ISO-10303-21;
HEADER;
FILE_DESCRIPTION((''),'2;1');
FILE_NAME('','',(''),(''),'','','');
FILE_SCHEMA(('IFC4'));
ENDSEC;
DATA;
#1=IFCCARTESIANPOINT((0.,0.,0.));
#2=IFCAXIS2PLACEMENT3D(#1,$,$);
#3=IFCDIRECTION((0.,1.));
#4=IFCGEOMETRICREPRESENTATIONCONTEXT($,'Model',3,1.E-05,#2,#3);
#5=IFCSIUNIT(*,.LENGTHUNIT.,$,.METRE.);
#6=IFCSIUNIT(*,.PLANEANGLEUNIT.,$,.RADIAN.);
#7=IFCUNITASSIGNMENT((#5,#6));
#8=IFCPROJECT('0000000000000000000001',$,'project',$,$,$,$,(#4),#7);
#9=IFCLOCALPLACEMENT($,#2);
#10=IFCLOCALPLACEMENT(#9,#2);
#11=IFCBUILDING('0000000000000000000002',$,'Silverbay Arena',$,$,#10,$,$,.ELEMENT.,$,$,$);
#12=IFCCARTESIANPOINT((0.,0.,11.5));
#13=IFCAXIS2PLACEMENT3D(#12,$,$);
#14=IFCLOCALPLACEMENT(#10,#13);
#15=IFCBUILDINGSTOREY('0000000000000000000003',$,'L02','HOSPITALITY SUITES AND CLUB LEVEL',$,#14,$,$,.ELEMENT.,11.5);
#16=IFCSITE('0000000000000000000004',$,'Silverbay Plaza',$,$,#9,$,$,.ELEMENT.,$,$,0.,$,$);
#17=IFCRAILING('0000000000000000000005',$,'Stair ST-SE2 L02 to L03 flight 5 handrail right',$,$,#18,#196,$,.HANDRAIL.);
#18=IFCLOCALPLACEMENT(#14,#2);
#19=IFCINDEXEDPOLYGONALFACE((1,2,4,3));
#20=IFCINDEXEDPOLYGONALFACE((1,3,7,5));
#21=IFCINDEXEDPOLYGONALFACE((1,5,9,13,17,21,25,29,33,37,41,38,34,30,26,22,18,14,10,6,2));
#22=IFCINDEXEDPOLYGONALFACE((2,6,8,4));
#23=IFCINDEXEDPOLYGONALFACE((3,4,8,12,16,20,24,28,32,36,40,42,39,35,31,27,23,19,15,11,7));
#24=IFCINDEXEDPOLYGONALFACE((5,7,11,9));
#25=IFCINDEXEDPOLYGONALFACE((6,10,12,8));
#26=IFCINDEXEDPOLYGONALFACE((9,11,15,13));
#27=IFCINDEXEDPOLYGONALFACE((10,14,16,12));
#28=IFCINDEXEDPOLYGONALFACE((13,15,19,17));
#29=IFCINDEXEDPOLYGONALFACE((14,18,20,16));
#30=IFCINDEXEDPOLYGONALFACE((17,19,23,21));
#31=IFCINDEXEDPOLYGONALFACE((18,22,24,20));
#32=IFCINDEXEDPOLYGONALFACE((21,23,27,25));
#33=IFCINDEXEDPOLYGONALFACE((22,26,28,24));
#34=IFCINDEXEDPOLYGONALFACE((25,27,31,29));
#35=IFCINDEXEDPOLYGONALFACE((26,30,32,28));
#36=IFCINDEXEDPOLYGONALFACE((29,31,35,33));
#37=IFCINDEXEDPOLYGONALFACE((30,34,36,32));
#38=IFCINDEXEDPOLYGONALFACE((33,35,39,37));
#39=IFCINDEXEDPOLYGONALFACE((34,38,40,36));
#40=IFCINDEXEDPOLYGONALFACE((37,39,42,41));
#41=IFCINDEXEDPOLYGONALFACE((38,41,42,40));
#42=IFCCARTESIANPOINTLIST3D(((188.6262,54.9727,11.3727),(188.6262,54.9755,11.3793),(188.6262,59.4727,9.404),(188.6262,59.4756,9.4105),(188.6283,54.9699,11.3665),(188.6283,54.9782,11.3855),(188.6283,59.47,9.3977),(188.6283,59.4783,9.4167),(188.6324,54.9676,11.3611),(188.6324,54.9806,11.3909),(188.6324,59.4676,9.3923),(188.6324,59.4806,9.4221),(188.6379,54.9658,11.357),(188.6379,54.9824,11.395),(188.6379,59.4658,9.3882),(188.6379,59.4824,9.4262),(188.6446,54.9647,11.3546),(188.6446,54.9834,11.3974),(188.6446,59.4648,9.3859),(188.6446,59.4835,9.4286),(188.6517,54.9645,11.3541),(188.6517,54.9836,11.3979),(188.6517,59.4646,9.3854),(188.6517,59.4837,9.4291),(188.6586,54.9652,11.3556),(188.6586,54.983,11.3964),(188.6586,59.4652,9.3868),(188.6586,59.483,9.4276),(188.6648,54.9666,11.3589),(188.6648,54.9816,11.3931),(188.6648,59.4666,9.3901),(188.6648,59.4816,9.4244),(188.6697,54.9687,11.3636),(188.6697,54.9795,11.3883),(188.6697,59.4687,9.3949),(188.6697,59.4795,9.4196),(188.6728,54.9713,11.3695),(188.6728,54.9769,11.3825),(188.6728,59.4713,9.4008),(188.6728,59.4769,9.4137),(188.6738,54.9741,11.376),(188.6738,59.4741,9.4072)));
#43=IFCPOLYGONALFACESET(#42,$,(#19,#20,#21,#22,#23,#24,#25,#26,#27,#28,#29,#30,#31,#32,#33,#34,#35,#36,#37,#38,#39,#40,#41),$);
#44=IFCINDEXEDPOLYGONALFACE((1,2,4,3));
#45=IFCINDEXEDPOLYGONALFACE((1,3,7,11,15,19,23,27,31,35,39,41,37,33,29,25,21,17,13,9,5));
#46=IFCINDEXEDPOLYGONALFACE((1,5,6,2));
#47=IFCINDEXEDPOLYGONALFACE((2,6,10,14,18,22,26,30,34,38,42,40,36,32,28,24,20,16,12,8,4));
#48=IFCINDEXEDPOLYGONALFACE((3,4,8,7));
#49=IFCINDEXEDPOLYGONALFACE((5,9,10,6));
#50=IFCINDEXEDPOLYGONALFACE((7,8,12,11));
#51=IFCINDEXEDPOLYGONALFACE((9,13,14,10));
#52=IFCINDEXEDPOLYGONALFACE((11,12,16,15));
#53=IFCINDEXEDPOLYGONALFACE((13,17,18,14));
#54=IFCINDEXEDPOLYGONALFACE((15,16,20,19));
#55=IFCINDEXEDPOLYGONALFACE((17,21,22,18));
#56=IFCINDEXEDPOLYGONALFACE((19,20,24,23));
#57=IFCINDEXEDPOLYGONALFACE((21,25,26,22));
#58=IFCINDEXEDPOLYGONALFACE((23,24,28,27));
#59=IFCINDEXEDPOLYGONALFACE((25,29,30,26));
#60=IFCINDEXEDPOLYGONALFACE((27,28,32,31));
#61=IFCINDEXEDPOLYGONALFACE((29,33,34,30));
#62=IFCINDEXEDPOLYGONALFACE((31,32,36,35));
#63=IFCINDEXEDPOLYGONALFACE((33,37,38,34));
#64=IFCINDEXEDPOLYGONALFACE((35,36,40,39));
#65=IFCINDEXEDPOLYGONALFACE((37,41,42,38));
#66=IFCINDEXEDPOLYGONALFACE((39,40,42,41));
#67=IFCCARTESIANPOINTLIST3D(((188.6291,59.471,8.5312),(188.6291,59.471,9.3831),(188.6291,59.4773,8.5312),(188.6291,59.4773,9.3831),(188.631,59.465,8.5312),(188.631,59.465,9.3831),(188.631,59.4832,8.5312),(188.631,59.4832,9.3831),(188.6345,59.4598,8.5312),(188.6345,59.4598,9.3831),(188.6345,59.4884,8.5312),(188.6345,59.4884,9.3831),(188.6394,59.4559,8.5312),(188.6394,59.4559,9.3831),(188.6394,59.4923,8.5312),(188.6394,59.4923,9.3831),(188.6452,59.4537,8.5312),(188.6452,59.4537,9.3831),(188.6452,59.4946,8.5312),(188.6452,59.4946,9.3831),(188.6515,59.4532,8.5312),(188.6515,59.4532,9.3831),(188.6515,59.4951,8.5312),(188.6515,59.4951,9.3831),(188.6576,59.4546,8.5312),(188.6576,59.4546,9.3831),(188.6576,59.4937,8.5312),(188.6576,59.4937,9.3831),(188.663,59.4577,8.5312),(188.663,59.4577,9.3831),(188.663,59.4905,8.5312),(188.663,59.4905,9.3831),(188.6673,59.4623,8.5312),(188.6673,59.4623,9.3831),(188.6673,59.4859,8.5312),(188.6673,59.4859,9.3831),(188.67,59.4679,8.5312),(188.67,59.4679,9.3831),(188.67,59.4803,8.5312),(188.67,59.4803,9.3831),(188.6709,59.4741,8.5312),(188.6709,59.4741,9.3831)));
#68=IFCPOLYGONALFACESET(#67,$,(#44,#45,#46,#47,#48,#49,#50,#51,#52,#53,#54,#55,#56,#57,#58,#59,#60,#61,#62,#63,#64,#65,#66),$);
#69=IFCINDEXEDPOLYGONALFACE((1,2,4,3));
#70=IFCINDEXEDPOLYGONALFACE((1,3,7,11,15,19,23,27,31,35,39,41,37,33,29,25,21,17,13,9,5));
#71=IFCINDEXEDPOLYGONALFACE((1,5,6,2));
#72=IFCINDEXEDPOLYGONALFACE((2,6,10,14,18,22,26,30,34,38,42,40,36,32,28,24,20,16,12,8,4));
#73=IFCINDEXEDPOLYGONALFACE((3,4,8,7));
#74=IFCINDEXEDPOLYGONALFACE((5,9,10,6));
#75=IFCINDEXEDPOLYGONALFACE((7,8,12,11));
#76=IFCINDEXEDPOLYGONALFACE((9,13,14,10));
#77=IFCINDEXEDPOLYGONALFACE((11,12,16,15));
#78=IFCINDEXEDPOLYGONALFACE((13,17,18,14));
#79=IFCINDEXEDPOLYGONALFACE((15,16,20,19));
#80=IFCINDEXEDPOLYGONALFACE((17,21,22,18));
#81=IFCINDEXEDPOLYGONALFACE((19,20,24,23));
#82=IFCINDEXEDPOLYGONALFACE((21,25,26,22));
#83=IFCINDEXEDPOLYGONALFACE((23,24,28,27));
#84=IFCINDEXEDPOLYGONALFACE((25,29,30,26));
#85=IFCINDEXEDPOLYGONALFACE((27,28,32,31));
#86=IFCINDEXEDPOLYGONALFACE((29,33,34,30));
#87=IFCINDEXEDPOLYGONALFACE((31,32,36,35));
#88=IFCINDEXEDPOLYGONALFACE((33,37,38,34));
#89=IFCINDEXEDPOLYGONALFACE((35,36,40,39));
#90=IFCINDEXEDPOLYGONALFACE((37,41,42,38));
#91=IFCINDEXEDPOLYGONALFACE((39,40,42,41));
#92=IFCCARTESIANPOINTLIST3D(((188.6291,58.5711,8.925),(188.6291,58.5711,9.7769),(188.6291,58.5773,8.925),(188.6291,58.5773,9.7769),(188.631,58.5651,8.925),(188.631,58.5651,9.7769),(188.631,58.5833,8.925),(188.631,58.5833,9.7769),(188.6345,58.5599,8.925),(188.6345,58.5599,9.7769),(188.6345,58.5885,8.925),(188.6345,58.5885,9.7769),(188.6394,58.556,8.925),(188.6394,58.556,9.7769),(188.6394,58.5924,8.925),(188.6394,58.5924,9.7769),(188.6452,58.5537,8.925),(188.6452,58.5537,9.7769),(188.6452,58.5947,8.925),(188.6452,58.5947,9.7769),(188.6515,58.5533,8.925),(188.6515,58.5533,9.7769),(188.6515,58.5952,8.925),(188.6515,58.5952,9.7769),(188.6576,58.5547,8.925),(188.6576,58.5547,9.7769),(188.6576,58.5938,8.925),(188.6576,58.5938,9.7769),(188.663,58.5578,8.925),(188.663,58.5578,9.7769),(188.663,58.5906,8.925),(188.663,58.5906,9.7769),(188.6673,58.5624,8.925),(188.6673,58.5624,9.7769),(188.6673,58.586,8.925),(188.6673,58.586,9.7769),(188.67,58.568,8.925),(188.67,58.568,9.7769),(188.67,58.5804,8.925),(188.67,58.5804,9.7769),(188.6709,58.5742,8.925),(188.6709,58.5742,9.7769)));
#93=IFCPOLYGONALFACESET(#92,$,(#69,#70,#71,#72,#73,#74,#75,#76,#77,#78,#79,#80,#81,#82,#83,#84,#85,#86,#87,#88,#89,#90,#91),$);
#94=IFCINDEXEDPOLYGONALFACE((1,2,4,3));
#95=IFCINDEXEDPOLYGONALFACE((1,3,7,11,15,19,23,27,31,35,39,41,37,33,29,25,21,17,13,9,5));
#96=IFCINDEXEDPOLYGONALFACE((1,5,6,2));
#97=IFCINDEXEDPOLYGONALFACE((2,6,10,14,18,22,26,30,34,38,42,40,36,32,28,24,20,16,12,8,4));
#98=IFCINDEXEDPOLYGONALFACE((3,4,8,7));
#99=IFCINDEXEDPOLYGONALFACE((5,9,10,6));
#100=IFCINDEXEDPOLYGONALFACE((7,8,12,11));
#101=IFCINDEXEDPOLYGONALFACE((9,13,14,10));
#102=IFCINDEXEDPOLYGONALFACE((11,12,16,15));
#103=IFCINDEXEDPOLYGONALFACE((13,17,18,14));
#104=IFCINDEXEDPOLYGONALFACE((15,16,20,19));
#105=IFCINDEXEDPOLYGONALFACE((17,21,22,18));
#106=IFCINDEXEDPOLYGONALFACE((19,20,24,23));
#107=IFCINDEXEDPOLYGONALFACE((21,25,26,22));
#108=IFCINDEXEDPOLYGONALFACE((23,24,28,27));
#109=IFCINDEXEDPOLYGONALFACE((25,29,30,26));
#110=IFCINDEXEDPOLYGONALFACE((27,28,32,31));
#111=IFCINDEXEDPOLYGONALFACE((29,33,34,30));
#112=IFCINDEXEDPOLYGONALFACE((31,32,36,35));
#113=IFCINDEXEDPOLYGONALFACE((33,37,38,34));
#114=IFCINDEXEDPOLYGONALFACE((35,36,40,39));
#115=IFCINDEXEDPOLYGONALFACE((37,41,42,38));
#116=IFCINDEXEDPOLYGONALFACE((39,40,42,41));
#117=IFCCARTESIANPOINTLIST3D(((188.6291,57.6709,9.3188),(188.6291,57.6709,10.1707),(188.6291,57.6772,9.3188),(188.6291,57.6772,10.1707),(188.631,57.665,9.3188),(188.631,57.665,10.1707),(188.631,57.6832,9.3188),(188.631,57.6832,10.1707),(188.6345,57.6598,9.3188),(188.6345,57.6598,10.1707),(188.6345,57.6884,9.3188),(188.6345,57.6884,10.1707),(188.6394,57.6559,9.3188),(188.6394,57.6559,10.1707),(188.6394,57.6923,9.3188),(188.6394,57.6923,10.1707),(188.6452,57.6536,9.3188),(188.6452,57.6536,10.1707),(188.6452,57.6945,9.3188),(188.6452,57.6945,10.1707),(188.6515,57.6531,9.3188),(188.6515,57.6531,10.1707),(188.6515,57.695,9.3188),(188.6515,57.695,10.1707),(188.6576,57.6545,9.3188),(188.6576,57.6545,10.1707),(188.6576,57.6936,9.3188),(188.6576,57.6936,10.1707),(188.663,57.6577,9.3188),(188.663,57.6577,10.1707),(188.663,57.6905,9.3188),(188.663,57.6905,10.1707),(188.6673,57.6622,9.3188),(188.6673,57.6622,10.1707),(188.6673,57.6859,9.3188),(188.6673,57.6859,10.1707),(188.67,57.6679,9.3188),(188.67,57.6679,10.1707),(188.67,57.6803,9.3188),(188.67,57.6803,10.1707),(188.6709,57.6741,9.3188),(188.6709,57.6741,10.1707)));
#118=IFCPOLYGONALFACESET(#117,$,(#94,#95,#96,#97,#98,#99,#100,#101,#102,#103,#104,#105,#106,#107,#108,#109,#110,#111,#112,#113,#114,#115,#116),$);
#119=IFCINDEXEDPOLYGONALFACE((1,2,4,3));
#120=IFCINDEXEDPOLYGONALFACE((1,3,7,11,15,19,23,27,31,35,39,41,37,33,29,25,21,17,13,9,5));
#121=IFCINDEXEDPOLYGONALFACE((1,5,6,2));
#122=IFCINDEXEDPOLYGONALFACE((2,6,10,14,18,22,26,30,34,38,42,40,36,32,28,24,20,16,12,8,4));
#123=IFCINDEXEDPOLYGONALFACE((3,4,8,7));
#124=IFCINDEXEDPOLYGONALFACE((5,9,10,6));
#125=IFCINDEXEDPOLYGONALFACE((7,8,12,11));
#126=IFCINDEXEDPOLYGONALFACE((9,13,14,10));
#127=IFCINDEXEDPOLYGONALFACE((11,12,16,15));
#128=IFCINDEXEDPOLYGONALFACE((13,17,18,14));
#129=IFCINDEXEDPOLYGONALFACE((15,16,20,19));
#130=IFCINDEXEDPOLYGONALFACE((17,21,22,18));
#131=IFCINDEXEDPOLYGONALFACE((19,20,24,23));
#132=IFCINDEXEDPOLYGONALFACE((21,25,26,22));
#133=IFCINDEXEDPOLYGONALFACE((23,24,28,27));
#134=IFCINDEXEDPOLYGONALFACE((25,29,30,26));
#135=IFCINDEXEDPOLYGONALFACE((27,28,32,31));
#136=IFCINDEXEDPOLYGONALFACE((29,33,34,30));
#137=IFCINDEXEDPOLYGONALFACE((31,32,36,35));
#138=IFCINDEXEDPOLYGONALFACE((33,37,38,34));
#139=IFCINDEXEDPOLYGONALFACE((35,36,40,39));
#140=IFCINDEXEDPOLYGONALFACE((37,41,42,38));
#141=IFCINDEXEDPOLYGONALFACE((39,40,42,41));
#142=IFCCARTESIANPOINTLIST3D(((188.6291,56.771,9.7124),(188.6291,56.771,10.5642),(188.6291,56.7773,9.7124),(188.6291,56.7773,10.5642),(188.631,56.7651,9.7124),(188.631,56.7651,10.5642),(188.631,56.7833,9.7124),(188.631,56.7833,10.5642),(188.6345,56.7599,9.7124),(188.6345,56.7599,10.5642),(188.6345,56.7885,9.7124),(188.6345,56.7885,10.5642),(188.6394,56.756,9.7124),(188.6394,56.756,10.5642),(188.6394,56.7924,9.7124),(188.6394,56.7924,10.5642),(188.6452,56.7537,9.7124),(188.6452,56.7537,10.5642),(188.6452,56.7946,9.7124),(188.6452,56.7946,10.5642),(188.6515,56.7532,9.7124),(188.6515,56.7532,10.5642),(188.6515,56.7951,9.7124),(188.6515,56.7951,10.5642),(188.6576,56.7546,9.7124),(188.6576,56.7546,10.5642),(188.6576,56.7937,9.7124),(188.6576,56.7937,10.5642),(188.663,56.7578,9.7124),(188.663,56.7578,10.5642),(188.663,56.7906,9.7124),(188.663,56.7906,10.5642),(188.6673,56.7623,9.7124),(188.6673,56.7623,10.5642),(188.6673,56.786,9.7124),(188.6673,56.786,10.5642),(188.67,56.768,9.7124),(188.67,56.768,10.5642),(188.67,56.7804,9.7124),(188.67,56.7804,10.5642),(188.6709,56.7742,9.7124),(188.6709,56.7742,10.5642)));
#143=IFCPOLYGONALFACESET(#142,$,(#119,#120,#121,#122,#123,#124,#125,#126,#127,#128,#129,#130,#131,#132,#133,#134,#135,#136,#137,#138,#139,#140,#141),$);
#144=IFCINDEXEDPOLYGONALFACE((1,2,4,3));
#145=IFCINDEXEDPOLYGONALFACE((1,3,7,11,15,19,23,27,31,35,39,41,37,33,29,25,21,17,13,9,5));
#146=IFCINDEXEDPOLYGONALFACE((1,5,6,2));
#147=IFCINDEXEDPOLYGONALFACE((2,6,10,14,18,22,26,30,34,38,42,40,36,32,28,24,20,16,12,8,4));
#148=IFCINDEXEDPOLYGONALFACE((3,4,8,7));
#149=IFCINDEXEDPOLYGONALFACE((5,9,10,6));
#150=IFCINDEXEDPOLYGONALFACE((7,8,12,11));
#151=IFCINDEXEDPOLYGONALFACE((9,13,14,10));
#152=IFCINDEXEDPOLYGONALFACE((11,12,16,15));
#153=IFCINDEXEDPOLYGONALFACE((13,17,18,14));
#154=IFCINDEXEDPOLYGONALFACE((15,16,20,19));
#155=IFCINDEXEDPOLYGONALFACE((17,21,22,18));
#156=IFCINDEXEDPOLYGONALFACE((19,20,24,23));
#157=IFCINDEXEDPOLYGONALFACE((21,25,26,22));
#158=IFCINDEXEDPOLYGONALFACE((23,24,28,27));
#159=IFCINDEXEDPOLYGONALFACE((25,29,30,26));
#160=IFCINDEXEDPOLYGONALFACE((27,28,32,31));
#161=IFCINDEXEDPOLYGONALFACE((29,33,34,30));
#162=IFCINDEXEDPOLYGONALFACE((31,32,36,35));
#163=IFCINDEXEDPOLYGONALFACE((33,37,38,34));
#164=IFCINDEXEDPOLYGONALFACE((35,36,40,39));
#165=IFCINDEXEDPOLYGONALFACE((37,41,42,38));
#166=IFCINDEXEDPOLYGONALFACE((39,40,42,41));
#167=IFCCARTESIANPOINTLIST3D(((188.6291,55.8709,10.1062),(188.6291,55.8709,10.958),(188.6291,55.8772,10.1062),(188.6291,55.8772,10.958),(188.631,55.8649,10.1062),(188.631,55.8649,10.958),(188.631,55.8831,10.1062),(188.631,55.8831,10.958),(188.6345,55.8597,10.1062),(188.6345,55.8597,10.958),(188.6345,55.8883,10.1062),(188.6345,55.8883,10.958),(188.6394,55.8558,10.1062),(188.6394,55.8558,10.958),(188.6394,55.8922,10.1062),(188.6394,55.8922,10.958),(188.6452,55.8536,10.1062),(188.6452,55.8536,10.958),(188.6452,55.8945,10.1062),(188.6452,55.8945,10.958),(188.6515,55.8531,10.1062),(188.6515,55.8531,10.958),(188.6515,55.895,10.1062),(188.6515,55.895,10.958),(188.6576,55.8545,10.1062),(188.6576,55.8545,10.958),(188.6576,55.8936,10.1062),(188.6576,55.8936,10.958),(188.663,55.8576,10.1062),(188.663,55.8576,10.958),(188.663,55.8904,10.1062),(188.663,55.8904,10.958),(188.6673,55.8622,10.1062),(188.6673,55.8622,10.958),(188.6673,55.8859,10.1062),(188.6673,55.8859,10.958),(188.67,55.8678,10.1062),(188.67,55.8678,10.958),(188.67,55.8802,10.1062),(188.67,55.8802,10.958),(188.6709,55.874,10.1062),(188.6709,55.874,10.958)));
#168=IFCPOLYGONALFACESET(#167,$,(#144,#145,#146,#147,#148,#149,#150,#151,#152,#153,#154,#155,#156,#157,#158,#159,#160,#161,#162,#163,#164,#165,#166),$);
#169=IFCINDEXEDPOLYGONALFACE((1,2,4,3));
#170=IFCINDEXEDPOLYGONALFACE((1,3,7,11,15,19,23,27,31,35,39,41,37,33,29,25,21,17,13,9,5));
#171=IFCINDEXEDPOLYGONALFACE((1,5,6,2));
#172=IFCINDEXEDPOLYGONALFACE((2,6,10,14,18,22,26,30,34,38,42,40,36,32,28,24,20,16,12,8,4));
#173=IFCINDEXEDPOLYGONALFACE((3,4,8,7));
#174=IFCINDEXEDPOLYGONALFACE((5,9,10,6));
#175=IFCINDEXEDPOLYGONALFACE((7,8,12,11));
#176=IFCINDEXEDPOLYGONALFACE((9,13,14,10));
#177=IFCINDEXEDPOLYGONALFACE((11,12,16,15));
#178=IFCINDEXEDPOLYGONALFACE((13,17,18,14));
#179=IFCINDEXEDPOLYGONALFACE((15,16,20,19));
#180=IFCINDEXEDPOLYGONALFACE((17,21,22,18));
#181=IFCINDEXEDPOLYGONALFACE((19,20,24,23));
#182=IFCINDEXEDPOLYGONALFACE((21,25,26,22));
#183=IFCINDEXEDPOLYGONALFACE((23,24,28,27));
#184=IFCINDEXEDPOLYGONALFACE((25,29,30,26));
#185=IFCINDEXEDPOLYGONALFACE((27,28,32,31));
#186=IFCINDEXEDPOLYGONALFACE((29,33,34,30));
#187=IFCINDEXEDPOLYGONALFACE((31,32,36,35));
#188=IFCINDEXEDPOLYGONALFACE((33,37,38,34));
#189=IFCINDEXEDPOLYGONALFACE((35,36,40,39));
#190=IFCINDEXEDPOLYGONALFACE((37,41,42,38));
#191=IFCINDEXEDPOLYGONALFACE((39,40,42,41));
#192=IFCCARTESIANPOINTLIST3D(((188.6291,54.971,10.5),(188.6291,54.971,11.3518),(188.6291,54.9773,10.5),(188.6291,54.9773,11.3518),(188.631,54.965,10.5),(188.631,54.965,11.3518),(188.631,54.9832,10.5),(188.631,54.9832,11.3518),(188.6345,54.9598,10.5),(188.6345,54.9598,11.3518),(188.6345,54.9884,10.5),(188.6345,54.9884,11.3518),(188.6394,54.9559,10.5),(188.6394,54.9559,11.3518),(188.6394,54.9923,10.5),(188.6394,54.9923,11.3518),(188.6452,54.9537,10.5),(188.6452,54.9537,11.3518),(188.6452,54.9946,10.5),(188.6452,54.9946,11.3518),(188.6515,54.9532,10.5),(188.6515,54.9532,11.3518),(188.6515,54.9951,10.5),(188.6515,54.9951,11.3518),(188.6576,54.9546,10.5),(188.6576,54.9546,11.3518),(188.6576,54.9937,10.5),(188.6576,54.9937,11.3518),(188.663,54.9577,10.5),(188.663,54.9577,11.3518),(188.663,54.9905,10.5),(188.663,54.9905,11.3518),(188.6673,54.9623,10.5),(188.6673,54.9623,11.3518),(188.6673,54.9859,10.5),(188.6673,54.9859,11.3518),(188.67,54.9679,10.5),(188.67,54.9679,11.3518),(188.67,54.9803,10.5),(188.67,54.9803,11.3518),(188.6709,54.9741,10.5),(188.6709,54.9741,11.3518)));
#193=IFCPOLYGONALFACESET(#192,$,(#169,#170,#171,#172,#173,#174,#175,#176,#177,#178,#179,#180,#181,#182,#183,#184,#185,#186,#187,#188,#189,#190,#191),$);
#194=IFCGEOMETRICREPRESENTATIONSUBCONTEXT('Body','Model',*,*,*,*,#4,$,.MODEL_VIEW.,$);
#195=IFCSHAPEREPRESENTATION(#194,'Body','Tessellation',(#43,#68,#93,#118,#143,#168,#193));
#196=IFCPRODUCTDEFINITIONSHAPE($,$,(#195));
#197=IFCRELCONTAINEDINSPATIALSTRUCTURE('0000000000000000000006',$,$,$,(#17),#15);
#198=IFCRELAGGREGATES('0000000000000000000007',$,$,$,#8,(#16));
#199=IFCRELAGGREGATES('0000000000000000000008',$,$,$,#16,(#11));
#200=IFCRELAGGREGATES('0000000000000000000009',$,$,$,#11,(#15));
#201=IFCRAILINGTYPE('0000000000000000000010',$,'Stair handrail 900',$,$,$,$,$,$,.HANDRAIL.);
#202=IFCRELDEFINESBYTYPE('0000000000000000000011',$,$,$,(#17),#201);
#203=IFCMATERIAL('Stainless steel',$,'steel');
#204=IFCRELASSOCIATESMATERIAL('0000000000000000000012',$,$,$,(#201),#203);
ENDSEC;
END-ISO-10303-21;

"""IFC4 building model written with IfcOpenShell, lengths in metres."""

from ifc_helpers import new_model, si_unit, direction, frame, origin, origin_2d, place, context, subcontext, project, spatial, circle, extrude, material, type_object, element, save


model = new_model("IFC4")

# Units and contexts
model_context = context("Model", 3, precision=1e-05, world=origin(), true_north=direction((0.0, 1.0)))
body_context = subcontext(model_context, "Body", "Model", "MODEL_VIEW")
ifc_project = project(units=[si_unit("LENGTHUNIT", "METRE"), si_unit("PLANEANGLEUNIT", "RADIAN")], contexts=[model_context])

# Site, building, storey
site_placement = place(None, origin())
site = spatial("IfcSite", under=ifc_project, at=site_placement, Name="Silverbay Plaza", CompositionType="ELEMENT", RefElevation=0.0)
building_placement = place(site_placement, origin())
building = spatial("IfcBuilding", under=site, at=building_placement, Name="Silverbay Arena", CompositionType="ELEMENT")
storey_placement = place(building_placement, frame((0.0, 0.0, 11.5)))
storey = spatial("IfcBuildingStorey", under=building, at=storey_placement, Name="L02", Description="HOSPITALITY SUITES AND CLUB LEVEL", CompositionType="ELEMENT", Elevation=11.5)

# Railing
ifc_material_1 = material(Name="Stainless steel", Category="steel")
railing_type_1 = type_object("IfcRailingType", Name="Stair handrail 900", PredefinedType="HANDRAIL", material=ifc_material_1)
for number, where, name in (
    (1, (188.6499, 59.4741, 8.5312), "Stair ST-SE2 L02 to L03 flight 5 handrail right"),
):
    element("IfcRailing", number, at=place(storey_placement, frame(where)), inside=storey, type_object=railing_type_1, Name=name, PredefinedType="HANDRAIL", context=body_context, shape_type="SweptSolid", body=[
        extrude(circle(Radius=0.0239, at=origin_2d()), frame((0.0, 0.0, 0.876), z_axis=(0.0, -0.916157, 0.400819), x_axis=(1.0, 0.0, 0.0)), (0.0, 0.0, 1.0), 4.9119),
        extrude(circle(Radius=0.021, at=origin_2d()), origin(), (0.0, 0.0, 1.0), 0.8518),
        extrude(circle(Radius=0.021, at=origin_2d()), frame((0.0, -0.8999, 0.3938)), (0.0, 0.0, 1.0), 0.8518),
        extrude(circle(Radius=0.021, at=origin_2d()), frame((0.0, -1.8, 0.7876)), (0.0, 0.0, 1.0), 0.8518),
        extrude(circle(Radius=0.021, at=origin_2d()), frame((0.0, -2.7, 1.1812)), (0.0, 0.0, 1.0), 0.8518),
        extrude(circle(Radius=0.021, at=origin_2d()), frame((0.0, -3.6001, 1.575)), (0.0, 0.0, 1.0), 0.8518),
        extrude(circle(Radius=0.021, at=origin_2d()), frame((0.0, -4.5, 1.9688)), (0.0, 0.0, 1.0), 0.8518),
    ])

save(model, "model.ifc")
